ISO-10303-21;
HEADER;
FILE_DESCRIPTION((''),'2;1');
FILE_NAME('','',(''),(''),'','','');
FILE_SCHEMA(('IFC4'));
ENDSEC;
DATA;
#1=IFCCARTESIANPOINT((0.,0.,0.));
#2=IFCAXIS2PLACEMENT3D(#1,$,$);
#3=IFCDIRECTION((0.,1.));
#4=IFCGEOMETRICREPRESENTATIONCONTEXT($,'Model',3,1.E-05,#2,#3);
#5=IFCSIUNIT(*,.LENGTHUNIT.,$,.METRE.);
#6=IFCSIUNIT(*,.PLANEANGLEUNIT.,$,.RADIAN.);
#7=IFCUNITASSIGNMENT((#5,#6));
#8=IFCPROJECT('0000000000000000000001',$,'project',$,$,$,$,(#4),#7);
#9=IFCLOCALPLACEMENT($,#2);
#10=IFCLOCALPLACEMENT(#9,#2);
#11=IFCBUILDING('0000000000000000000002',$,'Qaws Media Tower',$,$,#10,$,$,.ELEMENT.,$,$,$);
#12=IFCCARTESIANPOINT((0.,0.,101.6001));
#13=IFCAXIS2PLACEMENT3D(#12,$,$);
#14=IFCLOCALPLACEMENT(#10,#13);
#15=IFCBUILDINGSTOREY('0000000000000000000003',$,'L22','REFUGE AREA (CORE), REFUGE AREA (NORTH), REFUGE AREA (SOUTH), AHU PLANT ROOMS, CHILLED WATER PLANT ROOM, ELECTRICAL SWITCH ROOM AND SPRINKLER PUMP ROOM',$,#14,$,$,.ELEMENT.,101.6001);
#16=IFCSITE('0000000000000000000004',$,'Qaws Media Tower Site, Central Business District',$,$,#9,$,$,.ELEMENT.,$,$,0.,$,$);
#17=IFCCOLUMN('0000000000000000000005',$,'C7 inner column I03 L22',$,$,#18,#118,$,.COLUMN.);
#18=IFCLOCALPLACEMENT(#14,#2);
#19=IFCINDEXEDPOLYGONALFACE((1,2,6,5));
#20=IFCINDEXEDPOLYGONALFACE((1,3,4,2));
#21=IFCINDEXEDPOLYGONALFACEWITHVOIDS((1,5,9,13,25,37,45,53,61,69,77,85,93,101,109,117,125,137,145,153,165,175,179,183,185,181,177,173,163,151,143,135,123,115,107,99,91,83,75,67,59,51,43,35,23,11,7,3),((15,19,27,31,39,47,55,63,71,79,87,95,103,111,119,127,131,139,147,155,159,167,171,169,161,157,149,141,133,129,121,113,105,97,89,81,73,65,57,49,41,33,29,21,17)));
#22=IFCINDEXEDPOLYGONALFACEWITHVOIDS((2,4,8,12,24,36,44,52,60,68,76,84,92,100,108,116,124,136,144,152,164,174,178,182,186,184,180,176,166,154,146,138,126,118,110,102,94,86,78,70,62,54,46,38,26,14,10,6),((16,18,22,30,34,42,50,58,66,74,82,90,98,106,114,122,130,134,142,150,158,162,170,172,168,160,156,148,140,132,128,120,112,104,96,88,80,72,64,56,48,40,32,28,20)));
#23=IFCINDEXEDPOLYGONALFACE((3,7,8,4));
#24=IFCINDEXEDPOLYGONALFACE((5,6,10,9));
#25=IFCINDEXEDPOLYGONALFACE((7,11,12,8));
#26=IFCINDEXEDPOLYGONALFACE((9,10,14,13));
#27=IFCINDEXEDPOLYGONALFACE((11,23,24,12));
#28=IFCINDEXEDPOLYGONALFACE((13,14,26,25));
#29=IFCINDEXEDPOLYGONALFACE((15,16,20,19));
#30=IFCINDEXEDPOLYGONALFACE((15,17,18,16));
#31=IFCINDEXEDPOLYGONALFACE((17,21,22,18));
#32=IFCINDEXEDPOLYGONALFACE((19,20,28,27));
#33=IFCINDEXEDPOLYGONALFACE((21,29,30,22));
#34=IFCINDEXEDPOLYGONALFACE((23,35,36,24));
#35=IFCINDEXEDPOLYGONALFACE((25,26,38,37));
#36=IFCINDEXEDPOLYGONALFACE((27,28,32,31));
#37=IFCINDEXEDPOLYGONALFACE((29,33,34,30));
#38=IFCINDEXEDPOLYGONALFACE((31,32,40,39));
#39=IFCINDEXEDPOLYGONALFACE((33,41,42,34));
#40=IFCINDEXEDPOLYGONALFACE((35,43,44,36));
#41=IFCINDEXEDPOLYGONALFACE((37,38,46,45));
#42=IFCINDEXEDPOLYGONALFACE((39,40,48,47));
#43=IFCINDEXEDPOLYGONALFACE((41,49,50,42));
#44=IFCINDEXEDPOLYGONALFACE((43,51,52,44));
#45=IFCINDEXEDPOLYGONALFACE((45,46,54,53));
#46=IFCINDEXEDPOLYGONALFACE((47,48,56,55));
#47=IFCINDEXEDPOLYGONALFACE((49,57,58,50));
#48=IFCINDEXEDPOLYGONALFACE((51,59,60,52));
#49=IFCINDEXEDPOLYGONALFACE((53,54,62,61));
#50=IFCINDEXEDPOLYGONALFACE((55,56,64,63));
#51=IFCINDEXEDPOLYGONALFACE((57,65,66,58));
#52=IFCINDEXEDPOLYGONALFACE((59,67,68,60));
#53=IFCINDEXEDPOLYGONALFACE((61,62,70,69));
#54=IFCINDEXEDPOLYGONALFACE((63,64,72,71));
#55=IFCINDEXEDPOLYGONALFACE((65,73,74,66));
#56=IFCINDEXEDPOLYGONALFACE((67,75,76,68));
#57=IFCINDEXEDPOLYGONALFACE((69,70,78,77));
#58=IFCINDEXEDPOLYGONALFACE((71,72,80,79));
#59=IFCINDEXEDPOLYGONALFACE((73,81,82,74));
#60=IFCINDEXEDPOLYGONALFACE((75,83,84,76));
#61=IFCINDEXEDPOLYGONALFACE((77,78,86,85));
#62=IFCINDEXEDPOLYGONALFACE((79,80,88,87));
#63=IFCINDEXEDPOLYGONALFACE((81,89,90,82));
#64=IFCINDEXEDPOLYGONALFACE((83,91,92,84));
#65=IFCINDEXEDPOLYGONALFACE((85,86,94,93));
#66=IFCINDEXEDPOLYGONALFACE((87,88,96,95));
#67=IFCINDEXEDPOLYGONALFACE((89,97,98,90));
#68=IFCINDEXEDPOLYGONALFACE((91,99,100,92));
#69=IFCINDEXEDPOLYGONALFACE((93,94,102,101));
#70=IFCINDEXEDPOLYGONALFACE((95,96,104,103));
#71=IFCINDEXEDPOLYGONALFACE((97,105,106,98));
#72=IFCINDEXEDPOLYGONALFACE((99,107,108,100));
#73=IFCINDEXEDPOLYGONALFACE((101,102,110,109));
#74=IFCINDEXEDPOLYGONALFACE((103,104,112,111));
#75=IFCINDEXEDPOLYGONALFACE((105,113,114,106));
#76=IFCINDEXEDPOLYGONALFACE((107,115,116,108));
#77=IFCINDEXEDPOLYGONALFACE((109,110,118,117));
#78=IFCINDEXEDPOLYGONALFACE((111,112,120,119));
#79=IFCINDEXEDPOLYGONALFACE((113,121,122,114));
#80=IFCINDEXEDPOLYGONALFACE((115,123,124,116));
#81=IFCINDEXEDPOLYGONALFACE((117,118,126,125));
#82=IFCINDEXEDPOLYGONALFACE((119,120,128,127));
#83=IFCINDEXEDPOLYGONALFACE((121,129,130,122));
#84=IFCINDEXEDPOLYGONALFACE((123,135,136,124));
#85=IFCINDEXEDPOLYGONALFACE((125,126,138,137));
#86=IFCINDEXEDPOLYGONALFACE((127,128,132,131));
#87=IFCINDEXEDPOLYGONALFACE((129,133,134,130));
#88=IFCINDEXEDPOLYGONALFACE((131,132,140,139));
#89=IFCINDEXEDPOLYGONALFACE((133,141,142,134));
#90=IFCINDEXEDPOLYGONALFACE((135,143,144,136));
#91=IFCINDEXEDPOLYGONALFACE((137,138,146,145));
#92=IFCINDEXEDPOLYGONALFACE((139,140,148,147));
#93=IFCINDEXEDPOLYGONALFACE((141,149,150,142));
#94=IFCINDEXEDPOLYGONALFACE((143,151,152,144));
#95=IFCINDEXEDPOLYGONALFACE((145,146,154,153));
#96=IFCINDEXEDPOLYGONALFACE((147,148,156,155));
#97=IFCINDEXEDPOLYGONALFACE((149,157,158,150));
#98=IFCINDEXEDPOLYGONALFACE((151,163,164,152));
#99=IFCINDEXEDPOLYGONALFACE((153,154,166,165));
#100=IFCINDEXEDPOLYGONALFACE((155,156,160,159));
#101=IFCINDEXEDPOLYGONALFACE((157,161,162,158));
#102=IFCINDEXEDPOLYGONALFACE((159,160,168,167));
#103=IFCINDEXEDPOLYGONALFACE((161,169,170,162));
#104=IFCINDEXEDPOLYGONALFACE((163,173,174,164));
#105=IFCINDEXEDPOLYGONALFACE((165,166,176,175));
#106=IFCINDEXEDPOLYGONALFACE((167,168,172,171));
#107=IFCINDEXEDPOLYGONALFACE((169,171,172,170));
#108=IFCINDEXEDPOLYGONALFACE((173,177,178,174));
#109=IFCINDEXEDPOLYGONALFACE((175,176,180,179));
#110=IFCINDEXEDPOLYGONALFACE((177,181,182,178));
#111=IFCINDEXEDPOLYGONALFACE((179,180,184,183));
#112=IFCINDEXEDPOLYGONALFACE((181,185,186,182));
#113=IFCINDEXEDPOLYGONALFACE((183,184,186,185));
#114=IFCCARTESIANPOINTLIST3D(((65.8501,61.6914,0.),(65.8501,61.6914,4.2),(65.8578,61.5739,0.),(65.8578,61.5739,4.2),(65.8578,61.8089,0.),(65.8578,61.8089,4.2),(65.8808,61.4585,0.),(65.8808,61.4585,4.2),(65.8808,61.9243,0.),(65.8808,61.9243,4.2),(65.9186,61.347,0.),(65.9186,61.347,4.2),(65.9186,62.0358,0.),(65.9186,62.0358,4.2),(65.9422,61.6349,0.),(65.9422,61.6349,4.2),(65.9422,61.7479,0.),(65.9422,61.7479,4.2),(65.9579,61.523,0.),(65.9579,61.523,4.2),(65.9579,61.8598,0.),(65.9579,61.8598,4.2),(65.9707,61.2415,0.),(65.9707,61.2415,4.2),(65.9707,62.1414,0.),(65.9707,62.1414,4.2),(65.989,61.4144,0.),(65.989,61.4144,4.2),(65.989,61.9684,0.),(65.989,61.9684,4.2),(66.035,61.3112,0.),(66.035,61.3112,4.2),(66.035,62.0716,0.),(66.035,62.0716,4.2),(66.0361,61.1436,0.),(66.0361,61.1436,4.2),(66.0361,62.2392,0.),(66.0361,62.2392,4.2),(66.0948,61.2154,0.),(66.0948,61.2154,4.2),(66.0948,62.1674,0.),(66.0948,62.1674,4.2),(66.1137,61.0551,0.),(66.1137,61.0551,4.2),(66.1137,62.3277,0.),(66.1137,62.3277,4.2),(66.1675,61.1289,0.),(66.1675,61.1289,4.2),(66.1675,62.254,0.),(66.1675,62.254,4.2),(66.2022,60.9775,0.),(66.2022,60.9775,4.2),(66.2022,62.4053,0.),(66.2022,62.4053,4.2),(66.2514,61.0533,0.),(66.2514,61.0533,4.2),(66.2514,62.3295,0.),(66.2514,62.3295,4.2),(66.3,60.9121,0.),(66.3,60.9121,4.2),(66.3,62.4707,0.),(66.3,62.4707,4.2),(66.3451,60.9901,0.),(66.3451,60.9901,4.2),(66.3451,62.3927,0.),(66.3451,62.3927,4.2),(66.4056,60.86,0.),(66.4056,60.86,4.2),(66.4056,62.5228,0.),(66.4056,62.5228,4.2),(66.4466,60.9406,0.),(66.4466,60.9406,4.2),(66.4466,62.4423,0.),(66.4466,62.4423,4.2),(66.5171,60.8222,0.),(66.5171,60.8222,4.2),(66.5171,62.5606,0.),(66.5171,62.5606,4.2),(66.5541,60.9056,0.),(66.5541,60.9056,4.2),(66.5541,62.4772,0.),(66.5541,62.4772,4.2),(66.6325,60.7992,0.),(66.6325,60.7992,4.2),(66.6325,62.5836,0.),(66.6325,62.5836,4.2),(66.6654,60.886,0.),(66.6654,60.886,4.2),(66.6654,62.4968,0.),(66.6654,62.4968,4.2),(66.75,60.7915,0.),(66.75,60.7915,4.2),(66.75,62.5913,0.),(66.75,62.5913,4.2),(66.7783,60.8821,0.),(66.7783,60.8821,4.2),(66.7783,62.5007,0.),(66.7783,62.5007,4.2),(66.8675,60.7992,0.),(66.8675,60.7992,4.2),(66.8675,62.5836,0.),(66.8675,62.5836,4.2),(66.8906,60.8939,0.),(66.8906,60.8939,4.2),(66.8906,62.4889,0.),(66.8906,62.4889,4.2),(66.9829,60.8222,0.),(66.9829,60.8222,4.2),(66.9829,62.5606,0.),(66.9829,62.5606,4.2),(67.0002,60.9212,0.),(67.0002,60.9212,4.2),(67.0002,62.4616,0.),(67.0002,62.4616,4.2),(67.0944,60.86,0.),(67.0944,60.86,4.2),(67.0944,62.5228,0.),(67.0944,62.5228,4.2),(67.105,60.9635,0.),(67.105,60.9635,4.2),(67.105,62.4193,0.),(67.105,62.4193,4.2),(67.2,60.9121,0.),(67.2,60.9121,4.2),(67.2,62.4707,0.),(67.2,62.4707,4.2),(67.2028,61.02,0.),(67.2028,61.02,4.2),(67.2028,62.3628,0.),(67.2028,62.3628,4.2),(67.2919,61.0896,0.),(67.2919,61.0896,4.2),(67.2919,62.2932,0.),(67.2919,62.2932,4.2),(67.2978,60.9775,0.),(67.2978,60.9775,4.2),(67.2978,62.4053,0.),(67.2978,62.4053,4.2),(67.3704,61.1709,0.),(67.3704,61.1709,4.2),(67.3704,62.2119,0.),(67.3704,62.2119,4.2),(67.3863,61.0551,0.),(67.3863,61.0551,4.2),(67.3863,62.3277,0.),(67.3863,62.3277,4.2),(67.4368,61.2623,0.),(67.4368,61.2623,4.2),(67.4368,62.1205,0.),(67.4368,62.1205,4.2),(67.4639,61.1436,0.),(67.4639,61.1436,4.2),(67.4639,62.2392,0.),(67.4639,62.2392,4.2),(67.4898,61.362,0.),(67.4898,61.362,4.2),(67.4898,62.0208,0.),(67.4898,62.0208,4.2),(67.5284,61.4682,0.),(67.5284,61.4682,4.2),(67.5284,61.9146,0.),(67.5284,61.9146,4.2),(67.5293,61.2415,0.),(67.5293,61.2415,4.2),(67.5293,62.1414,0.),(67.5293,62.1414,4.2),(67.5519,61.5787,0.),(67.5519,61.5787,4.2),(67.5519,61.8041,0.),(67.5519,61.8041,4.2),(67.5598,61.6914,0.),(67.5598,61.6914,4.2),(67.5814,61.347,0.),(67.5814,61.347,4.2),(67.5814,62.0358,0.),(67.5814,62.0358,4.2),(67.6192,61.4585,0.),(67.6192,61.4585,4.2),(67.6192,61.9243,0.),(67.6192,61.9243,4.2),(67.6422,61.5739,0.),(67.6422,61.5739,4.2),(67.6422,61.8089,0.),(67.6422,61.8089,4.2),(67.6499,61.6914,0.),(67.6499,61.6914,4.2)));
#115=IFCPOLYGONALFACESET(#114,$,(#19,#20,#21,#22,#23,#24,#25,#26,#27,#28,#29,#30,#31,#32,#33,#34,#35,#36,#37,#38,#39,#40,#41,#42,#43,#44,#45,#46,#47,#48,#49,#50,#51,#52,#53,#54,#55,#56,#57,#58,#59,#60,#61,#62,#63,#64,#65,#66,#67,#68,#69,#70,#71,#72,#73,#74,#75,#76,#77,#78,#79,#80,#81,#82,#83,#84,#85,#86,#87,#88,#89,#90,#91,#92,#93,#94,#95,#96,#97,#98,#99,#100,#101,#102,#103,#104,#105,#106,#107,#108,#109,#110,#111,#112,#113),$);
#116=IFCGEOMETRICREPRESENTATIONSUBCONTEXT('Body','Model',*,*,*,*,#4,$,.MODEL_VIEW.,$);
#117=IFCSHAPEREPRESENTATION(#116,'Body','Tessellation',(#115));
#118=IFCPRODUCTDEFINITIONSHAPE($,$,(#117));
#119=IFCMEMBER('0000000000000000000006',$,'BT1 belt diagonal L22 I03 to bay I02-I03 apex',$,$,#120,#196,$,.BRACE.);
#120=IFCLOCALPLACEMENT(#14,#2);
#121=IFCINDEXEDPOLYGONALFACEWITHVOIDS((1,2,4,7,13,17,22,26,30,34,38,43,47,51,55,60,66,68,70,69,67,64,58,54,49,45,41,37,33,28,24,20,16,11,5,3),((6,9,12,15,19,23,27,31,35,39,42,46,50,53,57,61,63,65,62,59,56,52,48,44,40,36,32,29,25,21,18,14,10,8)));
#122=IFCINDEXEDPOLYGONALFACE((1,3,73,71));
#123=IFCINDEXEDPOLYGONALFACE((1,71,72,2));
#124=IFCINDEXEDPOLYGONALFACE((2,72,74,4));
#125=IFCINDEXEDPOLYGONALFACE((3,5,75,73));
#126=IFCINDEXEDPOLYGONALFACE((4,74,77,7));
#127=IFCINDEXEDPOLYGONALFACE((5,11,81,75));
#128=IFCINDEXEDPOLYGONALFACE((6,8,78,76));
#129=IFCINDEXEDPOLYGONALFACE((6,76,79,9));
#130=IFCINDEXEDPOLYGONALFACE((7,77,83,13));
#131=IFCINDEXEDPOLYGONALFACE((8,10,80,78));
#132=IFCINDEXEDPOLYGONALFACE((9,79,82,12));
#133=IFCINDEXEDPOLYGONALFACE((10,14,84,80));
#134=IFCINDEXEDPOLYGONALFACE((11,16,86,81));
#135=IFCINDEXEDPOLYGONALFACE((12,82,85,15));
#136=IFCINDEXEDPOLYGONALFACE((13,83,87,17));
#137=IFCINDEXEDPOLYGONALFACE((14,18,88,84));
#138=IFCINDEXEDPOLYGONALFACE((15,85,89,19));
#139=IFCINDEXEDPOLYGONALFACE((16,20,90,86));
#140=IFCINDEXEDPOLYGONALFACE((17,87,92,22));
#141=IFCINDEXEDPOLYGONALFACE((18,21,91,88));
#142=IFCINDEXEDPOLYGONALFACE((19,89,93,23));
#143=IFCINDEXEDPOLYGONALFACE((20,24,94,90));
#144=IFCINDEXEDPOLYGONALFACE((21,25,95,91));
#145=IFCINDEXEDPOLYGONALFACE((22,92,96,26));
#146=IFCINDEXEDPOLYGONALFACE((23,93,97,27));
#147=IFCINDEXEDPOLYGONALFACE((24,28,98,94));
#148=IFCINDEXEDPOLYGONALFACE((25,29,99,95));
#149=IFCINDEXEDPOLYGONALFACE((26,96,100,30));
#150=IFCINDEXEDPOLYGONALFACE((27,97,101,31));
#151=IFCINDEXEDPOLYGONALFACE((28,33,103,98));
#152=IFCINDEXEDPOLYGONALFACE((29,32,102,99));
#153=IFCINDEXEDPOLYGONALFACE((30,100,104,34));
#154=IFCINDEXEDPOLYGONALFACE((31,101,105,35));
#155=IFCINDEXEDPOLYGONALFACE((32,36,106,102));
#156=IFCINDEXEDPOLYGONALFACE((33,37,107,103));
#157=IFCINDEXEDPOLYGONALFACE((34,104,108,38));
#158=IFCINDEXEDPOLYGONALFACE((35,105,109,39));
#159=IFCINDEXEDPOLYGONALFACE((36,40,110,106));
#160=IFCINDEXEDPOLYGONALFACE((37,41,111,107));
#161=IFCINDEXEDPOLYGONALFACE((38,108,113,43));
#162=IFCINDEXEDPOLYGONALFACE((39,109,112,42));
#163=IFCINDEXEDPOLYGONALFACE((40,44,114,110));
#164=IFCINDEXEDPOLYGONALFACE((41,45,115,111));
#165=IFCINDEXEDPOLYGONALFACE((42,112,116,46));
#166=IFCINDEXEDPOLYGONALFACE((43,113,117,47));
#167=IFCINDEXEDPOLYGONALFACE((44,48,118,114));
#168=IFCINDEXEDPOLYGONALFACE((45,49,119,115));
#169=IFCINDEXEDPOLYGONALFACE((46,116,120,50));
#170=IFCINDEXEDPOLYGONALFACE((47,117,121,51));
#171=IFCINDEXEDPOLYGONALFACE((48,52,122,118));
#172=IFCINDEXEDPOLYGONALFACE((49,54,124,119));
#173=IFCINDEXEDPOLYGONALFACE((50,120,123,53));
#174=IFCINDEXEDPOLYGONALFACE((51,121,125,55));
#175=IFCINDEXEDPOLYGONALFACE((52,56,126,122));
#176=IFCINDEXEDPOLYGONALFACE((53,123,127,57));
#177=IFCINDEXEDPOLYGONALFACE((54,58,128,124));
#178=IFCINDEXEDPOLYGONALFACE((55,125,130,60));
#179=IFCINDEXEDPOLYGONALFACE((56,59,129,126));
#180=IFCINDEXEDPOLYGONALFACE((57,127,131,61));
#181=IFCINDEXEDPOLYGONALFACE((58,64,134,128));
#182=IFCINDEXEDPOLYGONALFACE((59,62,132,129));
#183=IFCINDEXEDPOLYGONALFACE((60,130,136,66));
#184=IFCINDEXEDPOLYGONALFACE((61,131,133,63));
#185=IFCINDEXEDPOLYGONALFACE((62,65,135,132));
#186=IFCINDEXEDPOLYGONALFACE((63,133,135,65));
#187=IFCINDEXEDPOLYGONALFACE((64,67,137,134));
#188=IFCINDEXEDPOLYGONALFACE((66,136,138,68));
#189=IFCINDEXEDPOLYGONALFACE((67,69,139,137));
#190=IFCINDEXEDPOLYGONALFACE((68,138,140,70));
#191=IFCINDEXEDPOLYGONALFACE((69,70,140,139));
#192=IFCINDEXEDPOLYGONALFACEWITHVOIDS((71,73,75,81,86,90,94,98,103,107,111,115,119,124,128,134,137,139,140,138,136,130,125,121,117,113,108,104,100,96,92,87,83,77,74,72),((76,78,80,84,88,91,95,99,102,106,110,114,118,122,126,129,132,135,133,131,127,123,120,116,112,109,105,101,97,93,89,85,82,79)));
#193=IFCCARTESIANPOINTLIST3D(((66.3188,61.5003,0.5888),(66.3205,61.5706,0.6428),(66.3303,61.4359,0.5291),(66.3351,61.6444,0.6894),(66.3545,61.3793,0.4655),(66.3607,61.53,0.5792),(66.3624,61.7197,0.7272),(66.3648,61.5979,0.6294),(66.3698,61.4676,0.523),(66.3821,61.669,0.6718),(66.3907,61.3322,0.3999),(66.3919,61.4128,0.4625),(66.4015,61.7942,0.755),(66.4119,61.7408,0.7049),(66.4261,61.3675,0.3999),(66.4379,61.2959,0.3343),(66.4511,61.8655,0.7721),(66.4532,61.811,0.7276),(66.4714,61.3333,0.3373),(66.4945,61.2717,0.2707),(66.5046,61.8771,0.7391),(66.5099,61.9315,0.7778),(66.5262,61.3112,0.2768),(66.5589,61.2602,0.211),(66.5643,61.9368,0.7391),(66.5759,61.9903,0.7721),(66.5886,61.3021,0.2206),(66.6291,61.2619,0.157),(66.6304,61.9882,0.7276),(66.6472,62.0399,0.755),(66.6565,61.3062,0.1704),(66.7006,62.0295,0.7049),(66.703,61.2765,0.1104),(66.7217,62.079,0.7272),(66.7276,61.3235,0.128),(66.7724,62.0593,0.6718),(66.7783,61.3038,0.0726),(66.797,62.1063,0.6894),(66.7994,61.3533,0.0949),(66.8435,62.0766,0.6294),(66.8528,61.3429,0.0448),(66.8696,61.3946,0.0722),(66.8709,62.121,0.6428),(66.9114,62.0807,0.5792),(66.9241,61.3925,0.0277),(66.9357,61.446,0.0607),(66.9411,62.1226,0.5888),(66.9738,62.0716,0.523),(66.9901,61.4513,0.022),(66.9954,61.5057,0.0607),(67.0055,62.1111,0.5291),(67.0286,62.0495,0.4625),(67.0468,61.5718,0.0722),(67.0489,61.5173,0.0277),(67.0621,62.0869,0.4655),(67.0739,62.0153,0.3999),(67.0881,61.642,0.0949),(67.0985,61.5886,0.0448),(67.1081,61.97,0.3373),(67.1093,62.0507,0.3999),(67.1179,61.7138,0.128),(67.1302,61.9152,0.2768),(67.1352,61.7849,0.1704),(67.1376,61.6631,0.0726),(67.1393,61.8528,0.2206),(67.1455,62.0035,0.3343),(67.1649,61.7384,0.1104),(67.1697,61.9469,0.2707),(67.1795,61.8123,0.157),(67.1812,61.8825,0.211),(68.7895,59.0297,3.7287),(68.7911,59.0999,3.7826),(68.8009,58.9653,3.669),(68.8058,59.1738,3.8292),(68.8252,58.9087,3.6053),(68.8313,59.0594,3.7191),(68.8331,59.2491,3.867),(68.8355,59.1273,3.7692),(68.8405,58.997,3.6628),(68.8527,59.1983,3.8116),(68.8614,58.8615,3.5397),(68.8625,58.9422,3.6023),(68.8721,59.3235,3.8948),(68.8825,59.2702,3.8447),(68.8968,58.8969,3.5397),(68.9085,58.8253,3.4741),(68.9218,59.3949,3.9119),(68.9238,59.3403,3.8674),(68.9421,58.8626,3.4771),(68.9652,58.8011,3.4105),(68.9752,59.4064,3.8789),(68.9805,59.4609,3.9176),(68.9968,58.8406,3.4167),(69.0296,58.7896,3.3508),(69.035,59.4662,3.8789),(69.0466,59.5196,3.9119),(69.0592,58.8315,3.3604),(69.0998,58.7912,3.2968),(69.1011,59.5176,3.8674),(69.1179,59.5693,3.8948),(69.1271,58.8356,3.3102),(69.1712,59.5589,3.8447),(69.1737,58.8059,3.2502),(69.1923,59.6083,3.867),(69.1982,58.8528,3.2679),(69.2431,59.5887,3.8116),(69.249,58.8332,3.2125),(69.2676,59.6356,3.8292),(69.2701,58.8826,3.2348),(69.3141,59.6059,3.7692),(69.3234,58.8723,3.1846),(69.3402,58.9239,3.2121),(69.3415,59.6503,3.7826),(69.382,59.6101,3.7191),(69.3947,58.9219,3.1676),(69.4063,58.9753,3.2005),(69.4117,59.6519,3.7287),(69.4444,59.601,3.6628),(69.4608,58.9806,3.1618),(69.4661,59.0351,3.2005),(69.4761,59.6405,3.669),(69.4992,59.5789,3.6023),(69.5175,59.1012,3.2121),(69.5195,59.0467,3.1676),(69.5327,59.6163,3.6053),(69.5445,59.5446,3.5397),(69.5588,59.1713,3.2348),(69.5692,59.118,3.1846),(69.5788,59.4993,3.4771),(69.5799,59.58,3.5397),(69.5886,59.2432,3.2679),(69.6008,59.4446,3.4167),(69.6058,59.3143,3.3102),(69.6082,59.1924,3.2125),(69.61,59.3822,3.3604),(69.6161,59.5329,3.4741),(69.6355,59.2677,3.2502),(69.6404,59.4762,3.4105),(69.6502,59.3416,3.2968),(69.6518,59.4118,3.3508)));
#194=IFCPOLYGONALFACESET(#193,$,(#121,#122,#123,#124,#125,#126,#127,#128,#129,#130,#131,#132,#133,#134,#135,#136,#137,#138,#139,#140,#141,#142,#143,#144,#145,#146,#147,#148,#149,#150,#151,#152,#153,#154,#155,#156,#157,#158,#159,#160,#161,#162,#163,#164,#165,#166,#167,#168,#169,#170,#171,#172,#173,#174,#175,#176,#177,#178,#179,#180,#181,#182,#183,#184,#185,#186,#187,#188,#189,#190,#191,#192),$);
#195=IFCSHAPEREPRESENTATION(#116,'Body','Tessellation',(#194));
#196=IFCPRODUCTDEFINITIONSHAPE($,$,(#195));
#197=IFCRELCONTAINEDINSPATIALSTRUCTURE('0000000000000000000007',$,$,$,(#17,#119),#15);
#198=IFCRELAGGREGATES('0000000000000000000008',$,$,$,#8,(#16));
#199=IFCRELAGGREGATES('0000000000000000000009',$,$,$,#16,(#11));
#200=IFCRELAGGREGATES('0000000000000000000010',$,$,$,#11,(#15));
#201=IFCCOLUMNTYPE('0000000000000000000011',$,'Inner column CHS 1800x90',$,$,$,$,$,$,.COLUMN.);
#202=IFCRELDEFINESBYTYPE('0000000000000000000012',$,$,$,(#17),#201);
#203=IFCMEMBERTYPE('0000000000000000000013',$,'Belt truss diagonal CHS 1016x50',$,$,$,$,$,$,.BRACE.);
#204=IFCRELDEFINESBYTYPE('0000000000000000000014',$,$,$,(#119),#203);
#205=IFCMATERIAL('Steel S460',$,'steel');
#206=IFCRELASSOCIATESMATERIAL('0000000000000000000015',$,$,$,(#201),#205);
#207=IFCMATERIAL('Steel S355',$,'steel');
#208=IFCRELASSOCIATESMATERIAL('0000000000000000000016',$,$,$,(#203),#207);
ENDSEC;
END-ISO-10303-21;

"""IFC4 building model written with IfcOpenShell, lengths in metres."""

from ifc_helpers import new_model, si_unit, direction, frame, origin, origin_2d, place, context, subcontext, project, spatial, hollow_circle, extrude, material, material_profile, profile_set, type_object, element, save


model = new_model("IFC4")

# Units and contexts
model_context = context("Model", 3, precision=1e-05, world=origin(), true_north=direction((0.0, 1.0)))
body_context = subcontext(model_context, "Body", "Model", "MODEL_VIEW")
ifc_project = project(units=[si_unit("LENGTHUNIT", "METRE"), si_unit("PLANEANGLEUNIT", "RADIAN")], contexts=[model_context])

# Site, building, storey
site_placement = place(None, origin())
site = spatial("IfcSite", under=ifc_project, at=site_placement, Name="Qaws Media Tower Site, Central Business District", CompositionType="ELEMENT", RefElevation=0.0)
building_placement = place(site_placement, origin())
building = spatial("IfcBuilding", under=site, at=building_placement, Name="Qaws Media Tower", CompositionType="ELEMENT")
storey_placement = place(building_placement, frame((0.0, 0.0, 101.6001)))
storey = spatial("IfcBuildingStorey", under=building, at=storey_placement, Name="L22", Description="REFUGE AREA (CORE), REFUGE AREA (NORTH), REFUGE AREA (SOUTH), AHU PLANT ROOMS, CHILLED WATER PLANT ROOM, ELECTRICAL SWITCH ROOM AND SPRINKLER PUMP ROOM", CompositionType="ELEMENT", Elevation=101.6001)

# Column
ifc_material_1 = material(Name="Steel S460", Category="steel")
ifc_material_profile_1 = material_profile(ifc_material_1, hollow_circle(Radius=0.8999, WallThickness=0.0901, at=origin_2d()), Name="CHS 1800x90")
ifc_profile_set_1 = profile_set([ifc_material_profile_1], Name="Steel S460")
column_type = type_object("IfcColumnType", Name="Inner column CHS 1800x90", PredefinedType="COLUMN", material=ifc_profile_set_1)
column_placement = place(storey_placement, frame((66.75, 61.6914, 0.0), z_axis=(0.0, 0.0, 1.0), x_axis=(1.0, 0.0, 0.0)))
element("IfcColumn", 1, at=column_placement, inside=storey, type_object=column_type, Name="C7 inner column I03 L22", PredefinedType="COLUMN", context=body_context, shape_type="SweptSolid", body=[
    extrude(hollow_circle(Radius=0.8999, WallThickness=0.0901, at=origin_2d()), origin(), (0.0, 0.0, 1.0), 4.2),
])

# Member
ifc_material_2 = material(Name="Steel S355", Category="steel")
ifc_material_profile_2 = material_profile(ifc_material_2, hollow_circle(Radius=0.5081, WallThickness=0.05, at=origin_2d()), Name="CHS 1016x50")
ifc_profile_set_2 = profile_set([ifc_material_profile_2], Name="Steel S355")
member_type_1 = type_object("IfcMemberType", Name="Belt truss diagonal CHS 1016x50", PredefinedType="BRACE", material=ifc_profile_set_2)
member_1_placement = place(storey_placement, frame((66.75, 61.6914, 0.3999), z_axis=(0.525947, -0.525947, 0.6684), x_axis=(0.707107, 0.707107, 0.0)))
element("IfcMember", 2, at=member_1_placement, inside=storey, type_object=member_type_1, Name="BT1 belt diagonal L22 I03 to bay I02-I03 apex", PredefinedType="BRACE", context=body_context, shape_type="SweptSolid", body=[
    extrude(hollow_circle(Radius=0.5081, WallThickness=0.05, at=origin_2d()), origin(), (0.0, 0.0, 1.0), 4.6975),
])

save(model, "model.ifc")
